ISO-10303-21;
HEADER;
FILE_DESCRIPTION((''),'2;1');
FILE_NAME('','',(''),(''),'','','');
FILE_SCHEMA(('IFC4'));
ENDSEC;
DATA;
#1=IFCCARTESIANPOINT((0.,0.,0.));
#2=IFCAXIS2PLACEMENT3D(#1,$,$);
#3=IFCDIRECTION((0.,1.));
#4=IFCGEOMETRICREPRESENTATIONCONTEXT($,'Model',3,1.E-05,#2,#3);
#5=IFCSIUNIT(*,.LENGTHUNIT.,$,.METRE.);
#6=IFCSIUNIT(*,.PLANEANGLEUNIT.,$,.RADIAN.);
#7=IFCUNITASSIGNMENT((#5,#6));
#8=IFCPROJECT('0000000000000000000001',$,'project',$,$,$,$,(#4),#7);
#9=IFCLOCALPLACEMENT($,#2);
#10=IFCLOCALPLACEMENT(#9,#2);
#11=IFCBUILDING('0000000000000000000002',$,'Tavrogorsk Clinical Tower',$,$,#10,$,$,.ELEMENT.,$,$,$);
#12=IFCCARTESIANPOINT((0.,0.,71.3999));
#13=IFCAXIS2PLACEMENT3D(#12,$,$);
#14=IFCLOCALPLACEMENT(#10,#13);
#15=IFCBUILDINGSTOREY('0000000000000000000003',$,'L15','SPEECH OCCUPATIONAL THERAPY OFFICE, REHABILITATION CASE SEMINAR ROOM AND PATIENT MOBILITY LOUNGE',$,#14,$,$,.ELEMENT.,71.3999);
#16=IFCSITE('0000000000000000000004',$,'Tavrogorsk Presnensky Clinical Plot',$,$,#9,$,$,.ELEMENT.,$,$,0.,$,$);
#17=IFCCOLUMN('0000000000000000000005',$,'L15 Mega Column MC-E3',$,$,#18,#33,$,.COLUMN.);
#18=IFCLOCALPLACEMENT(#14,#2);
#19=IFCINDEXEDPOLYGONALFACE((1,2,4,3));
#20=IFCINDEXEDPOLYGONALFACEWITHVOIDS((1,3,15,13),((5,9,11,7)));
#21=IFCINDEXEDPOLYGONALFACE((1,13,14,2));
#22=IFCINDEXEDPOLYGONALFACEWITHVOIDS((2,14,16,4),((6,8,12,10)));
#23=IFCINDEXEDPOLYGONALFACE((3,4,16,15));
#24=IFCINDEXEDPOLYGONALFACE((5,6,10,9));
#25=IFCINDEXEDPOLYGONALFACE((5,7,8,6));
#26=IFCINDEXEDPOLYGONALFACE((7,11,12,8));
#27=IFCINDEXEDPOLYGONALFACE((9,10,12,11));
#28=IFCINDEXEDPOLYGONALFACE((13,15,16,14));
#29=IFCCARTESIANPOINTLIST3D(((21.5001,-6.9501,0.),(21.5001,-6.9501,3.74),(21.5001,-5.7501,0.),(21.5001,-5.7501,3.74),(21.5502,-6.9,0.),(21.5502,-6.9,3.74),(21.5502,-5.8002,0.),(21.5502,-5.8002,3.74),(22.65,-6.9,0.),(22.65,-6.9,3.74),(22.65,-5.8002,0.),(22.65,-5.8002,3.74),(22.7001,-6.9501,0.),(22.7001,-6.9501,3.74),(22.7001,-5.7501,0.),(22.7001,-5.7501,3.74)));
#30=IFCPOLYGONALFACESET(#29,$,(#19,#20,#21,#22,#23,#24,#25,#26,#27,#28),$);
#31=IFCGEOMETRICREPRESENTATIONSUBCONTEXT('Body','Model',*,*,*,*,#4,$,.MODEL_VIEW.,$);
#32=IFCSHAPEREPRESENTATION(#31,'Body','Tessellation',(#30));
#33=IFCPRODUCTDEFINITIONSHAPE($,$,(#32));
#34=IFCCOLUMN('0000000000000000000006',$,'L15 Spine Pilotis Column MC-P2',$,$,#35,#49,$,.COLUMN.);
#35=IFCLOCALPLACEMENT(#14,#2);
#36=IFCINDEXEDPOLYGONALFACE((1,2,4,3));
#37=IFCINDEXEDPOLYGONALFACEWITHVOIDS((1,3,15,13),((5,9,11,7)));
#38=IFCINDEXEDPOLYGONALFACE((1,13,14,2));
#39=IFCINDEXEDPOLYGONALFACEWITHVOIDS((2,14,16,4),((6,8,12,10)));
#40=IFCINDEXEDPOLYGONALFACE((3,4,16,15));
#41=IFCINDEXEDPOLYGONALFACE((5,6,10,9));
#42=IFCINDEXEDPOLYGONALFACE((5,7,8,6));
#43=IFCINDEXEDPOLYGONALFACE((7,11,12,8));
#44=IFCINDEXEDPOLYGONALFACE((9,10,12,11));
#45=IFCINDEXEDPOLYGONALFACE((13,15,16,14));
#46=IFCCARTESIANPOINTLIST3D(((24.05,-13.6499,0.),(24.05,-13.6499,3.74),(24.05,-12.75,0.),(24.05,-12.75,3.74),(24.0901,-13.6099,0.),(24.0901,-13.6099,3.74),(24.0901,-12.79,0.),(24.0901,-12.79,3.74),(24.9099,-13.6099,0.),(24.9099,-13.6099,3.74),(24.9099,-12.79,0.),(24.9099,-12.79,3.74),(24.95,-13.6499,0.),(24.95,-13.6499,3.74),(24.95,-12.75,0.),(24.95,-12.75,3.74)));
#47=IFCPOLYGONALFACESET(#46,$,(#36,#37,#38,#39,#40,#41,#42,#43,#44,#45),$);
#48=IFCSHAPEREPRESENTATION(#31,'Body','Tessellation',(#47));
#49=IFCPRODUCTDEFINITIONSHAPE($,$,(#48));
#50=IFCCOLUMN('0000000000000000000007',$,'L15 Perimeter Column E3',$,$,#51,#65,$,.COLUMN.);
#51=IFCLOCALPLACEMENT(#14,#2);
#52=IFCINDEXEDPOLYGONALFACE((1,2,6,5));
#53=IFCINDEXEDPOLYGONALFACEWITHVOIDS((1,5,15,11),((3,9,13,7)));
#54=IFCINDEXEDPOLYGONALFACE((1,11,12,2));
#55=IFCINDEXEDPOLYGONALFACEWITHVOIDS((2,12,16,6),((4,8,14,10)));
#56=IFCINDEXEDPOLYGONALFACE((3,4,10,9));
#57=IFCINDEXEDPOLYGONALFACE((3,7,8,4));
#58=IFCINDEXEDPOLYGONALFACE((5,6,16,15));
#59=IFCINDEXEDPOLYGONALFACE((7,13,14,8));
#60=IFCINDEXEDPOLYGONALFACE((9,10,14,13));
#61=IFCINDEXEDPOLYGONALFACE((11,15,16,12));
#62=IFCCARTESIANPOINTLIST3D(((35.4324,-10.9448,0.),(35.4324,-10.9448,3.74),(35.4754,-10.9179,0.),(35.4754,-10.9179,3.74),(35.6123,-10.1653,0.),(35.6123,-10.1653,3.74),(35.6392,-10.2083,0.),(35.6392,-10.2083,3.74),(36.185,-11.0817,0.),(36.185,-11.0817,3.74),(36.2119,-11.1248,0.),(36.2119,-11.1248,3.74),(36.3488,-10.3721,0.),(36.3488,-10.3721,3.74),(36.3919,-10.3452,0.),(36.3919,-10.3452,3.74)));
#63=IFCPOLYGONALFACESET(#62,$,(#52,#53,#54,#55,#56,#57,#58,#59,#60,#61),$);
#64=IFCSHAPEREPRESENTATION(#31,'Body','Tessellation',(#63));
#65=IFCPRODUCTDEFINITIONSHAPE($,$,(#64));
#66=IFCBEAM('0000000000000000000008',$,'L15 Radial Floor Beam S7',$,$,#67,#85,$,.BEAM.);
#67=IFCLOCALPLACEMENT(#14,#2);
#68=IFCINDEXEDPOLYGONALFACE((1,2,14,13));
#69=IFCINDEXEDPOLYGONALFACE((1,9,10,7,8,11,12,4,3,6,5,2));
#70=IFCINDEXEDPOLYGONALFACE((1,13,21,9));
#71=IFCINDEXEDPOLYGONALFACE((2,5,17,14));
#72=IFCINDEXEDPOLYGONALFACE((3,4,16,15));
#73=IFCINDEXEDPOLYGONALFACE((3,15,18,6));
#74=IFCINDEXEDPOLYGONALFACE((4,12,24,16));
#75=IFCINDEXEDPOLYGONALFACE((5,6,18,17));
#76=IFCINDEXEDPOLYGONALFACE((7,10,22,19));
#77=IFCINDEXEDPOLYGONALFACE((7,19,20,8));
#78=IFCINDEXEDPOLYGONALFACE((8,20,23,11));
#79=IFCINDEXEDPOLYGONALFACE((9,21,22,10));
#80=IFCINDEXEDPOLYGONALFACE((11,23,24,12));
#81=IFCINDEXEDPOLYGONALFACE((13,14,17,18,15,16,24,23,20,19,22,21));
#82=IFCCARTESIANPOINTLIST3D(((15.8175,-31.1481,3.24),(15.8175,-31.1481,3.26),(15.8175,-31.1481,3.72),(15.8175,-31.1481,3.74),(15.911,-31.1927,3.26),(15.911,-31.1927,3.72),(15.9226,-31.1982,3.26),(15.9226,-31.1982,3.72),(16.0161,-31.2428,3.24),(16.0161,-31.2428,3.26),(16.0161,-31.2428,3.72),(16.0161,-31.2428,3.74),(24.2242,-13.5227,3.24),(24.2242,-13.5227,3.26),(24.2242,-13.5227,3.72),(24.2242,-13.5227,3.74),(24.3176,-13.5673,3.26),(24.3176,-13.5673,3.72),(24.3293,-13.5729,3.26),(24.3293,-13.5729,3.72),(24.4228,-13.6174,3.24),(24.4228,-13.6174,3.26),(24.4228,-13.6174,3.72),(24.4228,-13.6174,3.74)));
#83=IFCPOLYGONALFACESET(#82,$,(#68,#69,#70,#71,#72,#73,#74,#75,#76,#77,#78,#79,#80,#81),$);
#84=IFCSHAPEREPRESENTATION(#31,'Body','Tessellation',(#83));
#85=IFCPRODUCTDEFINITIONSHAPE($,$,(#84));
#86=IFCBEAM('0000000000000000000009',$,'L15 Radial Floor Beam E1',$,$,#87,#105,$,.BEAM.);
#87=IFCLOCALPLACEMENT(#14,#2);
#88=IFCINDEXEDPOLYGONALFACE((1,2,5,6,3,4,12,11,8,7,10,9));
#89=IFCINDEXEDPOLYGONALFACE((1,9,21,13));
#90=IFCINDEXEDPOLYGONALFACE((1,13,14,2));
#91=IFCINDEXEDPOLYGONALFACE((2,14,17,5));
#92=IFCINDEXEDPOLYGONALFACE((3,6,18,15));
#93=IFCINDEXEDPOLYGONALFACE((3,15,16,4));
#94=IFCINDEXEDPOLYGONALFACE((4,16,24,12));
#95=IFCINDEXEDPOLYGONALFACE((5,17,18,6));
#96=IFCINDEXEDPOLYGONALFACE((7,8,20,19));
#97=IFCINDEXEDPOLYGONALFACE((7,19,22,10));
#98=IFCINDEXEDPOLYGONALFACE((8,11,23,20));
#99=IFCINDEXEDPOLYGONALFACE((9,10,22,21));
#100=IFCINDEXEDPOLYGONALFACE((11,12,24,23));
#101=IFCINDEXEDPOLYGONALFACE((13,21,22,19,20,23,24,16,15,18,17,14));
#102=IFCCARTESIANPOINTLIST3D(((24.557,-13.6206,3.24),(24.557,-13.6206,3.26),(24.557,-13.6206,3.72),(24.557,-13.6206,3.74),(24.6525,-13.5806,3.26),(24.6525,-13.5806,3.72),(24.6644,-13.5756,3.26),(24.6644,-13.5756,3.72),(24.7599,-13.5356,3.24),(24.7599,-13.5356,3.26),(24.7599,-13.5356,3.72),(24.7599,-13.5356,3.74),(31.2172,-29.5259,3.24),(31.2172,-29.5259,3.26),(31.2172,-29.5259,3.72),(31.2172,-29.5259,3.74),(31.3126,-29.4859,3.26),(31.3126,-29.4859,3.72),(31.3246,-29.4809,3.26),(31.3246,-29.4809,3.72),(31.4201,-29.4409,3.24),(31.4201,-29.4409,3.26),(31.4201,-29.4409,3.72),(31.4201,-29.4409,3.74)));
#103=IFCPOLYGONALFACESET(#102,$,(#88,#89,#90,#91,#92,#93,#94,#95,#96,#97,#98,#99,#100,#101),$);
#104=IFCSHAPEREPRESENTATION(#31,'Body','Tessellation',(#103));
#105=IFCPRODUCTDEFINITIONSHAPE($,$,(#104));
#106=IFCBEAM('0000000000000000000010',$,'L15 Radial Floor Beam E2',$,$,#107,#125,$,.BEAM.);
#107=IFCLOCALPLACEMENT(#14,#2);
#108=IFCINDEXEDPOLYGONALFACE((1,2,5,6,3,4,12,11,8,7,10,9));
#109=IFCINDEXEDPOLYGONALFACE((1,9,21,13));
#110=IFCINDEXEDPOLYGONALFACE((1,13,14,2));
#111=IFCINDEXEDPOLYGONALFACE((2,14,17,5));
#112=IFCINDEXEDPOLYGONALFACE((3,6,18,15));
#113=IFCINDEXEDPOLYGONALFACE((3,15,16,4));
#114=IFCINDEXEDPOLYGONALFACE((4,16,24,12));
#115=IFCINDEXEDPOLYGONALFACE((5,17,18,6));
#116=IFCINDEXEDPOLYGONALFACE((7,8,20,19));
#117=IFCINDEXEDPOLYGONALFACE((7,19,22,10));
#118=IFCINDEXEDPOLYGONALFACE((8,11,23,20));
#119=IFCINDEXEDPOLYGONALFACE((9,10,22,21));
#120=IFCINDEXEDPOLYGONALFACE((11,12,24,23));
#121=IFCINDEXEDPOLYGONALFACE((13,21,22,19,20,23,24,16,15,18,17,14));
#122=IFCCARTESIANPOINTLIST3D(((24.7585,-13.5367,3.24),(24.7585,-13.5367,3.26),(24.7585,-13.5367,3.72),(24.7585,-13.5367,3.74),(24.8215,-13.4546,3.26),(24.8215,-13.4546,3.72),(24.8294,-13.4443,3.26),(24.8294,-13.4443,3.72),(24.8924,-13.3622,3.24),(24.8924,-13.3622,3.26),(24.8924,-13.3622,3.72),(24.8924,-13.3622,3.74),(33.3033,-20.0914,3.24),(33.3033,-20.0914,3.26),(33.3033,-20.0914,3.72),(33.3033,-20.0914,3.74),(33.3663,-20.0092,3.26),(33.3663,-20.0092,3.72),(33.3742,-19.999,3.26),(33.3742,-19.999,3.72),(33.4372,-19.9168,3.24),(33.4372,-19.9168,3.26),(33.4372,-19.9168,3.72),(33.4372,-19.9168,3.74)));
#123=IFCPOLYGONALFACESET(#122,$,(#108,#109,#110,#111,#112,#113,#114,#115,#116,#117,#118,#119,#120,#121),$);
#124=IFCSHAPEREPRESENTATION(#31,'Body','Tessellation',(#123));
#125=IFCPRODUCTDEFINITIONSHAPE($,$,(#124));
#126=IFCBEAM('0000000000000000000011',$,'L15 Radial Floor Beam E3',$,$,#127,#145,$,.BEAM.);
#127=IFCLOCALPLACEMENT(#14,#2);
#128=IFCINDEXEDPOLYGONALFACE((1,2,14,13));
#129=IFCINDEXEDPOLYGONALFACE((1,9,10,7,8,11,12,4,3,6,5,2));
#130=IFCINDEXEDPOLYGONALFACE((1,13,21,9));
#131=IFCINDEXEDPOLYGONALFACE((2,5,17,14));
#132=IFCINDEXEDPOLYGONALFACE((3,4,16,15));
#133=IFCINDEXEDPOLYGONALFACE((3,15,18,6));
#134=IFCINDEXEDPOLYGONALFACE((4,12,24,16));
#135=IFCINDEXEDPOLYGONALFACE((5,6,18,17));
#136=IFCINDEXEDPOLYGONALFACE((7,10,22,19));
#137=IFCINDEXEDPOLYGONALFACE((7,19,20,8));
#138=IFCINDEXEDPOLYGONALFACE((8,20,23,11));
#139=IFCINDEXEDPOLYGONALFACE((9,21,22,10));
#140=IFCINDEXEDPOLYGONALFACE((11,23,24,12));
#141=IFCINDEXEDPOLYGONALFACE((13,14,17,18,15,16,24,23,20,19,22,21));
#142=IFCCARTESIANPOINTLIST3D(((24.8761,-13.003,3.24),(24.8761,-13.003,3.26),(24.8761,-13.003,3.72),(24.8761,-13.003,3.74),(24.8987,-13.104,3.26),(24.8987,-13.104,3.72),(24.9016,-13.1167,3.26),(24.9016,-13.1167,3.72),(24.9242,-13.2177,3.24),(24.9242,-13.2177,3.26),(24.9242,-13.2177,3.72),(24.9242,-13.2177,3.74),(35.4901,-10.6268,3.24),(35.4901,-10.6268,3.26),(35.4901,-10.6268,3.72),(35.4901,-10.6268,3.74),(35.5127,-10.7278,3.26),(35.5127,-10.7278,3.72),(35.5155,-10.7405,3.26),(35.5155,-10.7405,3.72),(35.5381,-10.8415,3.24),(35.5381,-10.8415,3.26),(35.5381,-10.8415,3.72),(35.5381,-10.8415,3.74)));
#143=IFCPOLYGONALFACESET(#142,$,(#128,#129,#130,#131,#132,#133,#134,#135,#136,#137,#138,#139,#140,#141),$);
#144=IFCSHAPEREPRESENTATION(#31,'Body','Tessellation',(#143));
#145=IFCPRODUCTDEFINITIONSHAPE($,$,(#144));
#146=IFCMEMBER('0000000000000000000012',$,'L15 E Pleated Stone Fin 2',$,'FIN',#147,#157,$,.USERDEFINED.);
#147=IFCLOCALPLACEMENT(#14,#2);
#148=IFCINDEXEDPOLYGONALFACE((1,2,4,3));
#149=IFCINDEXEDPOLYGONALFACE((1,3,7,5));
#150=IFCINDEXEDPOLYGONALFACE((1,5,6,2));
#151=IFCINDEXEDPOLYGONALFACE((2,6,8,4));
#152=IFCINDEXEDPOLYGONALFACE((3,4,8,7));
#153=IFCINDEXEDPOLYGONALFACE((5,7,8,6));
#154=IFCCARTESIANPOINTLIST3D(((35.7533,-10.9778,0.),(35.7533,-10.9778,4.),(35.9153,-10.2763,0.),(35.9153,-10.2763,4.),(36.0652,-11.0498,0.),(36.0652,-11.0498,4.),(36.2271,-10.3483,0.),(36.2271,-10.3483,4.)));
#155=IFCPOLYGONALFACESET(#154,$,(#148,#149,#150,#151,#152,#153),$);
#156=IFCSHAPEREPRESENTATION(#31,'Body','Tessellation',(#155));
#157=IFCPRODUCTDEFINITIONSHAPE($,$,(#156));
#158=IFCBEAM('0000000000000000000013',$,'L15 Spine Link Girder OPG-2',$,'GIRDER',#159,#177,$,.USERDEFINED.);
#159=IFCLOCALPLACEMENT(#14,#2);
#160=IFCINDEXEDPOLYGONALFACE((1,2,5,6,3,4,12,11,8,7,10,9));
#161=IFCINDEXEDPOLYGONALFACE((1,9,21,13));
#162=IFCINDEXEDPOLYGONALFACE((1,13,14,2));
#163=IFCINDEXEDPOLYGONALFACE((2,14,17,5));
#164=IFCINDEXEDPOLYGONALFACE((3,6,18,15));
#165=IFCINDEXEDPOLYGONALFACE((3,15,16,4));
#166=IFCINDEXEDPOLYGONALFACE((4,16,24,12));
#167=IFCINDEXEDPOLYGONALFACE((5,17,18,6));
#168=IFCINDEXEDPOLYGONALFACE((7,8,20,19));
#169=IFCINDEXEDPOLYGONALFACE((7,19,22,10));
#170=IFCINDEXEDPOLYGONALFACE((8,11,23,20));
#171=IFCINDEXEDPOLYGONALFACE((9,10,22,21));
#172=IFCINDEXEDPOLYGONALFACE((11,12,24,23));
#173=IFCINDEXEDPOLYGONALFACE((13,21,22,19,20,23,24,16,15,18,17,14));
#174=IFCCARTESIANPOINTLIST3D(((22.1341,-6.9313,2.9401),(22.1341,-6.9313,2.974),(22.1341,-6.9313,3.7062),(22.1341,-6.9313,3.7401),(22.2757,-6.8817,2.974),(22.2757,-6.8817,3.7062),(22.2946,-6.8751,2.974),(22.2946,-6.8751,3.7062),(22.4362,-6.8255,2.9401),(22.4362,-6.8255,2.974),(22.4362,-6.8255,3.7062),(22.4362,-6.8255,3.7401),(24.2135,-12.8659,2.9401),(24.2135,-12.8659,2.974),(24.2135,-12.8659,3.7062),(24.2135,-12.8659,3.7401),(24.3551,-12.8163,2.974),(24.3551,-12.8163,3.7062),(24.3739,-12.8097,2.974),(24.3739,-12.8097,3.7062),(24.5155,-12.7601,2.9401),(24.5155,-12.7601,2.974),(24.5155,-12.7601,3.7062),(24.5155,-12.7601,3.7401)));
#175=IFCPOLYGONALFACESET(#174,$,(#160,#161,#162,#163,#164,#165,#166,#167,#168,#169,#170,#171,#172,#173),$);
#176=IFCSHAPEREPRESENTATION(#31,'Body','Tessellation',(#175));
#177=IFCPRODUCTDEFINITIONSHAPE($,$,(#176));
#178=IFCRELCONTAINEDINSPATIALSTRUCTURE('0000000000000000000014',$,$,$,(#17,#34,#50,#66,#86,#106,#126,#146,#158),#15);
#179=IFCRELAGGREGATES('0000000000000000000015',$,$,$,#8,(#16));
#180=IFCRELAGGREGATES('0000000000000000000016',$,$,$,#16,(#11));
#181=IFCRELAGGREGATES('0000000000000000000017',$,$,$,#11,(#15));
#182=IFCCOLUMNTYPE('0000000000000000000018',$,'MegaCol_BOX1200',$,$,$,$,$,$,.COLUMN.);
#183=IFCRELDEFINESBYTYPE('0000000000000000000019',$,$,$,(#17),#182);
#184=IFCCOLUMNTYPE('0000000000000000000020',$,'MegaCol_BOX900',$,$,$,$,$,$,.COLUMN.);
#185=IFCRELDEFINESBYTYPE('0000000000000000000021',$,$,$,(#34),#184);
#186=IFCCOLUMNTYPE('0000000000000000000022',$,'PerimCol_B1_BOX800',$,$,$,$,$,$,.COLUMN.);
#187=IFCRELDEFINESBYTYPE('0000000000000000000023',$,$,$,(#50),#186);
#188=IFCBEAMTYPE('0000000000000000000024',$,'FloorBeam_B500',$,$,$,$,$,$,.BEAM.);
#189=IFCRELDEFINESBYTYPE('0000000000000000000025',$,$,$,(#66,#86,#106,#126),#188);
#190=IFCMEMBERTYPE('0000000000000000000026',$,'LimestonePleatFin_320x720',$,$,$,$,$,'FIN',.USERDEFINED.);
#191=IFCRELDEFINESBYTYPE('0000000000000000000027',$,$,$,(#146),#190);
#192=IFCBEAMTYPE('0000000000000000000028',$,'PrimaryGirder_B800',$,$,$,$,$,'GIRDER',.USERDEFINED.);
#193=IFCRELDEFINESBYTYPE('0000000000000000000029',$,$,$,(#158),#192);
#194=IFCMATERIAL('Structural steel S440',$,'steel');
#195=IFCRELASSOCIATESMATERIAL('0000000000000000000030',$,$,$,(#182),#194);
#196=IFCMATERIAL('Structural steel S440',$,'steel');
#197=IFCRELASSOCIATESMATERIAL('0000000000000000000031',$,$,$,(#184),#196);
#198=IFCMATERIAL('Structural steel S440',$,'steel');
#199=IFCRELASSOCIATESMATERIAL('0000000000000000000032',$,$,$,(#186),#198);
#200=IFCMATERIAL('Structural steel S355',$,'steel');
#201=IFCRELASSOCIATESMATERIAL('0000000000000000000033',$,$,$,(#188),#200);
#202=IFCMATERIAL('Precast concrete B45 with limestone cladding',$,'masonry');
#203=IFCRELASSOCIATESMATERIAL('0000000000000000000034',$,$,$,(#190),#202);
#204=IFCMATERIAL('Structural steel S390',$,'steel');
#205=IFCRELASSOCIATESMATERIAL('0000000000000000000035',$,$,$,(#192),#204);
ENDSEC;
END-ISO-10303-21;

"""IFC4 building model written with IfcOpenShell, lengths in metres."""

from ifc_helpers import new_model, si_unit, direction, frame, origin, origin_2d, place, context, subcontext, project, spatial, rectangle, hollow_rectangle, i_section, extrude, material, material_profile, profile_set, type_object, element, save


model = new_model("IFC4")

# Units and contexts
model_context = context("Model", 3, precision=1e-05, world=origin(), true_north=direction((0.0, 1.0)))
body_context = subcontext(model_context, "Body", "Model", "MODEL_VIEW")
ifc_project = project(units=[si_unit("LENGTHUNIT", "METRE"), si_unit("PLANEANGLEUNIT", "RADIAN")], contexts=[model_context])

# Site, building, storey
site_placement = place(None, origin())
site = spatial("IfcSite", under=ifc_project, at=site_placement, Name="Tavrogorsk Presnensky Clinical Plot", CompositionType="ELEMENT", RefElevation=0.0)
building_placement = place(site_placement, origin())
building = spatial("IfcBuilding", under=site, at=building_placement, Name="Tavrogorsk Clinical Tower", CompositionType="ELEMENT")
storey_placement = place(building_placement, frame((0.0, 0.0, 71.3999)))
storey = spatial("IfcBuildingStorey", under=building, at=storey_placement, Name="L15", Description="SPEECH OCCUPATIONAL THERAPY OFFICE, REHABILITATION CASE SEMINAR ROOM AND PATIENT MOBILITY LOUNGE", CompositionType="ELEMENT", Elevation=71.3999)

# Columns
ifc_material_1 = material(Name="Structural steel S440", Category="steel")
ifc_material_profile_1 = material_profile(ifc_material_1, hollow_rectangle(XDim=1.2, YDim=1.2, WallThickness=0.05, at=origin_2d()), Name="BOX-1200x1200x50")
ifc_profile_set_1 = profile_set([ifc_material_profile_1], Name="Structural steel S440")
column_type_1 = type_object("IfcColumnType", Name="MegaCol_BOX1200", PredefinedType="COLUMN", material=ifc_profile_set_1)
column_1_placement = place(storey_placement, frame((22.1001, -6.3501, 0.0), z_axis=(0.0, 0.0, 1.0), x_axis=(1.0, 0.0, 0.0)))
element("IfcColumn", 1, at=column_1_placement, inside=storey, type_object=column_type_1, Name="L15 Mega Column MC-E3", PredefinedType="COLUMN", context=body_context, shape_type="SweptSolid", body=[
    extrude(hollow_rectangle(XDim=1.2, YDim=1.2, WallThickness=0.05, at=origin_2d()), origin(), (0.0, 0.0, 1.0), 3.74),
])
ifc_material_2 = material(Name="Structural steel S440", Category="steel")
ifc_material_profile_2 = material_profile(ifc_material_2, hollow_rectangle(XDim=0.8999, YDim=0.8999, WallThickness=0.04, at=origin_2d()), Name="BOX-900x900x40")
ifc_profile_set_2 = profile_set([ifc_material_profile_2], Name="Structural steel S440")
column_type_2 = type_object("IfcColumnType", Name="MegaCol_BOX900", PredefinedType="COLUMN", material=ifc_profile_set_2)
column_2_placement = place(storey_placement, frame((24.5, -13.2, 0.0), z_axis=(0.0, 0.0, 1.0), x_axis=(1.0, 0.0, 0.0)))
element("IfcColumn", 2, at=column_2_placement, inside=storey, type_object=column_type_2, Name="L15 Spine Pilotis Column MC-P2", PredefinedType="COLUMN", context=body_context, shape_type="SweptSolid", body=[
    extrude(hollow_rectangle(XDim=0.8999, YDim=0.8999, WallThickness=0.04, at=origin_2d()), origin(), (0.0, 0.0, 1.0), 3.74),
])
ifc_material_3 = material(Name="Structural steel S440", Category="steel")
ifc_material_profile_3 = material_profile(ifc_material_3, hollow_rectangle(XDim=0.8, YDim=0.8, WallThickness=0.0359, at=origin_2d()), Name="BOX-800x800x36")
ifc_profile_set_3 = profile_set([ifc_material_profile_3], Name="Structural steel S440")
column_type_3 = type_object("IfcColumnType", Name="PerimCol_B1_BOX800", PredefinedType="COLUMN", material=ifc_profile_set_3)
column_3_placement = place(storey_placement, frame((35.9121, -10.645, 0.0), z_axis=(0.0, 0.0, 1.0), x_axis=(0.97437, -0.224951, 0.0)))
element("IfcColumn", 3, at=column_3_placement, inside=storey, type_object=column_type_3, Name="L15 Perimeter Column E3", PredefinedType="COLUMN", context=body_context, shape_type="SweptSolid", body=[
    extrude(hollow_rectangle(XDim=0.8, YDim=0.8, WallThickness=0.0359, at=origin_2d()), origin(), (0.0, 0.0, 1.0), 3.74),
])

# Beams
ifc_material_4 = material(Name="Structural steel S355", Category="steel")
ifc_material_profile_4 = material_profile(ifc_material_4, i_section(OverallWidth=0.22, OverallDepth=0.5, WebThickness=0.0129, FlangeThickness=0.02, at=origin_2d()), Name="B-500x220x13x20")
ifc_profile_set_4 = profile_set([ifc_material_profile_4], Name="Structural steel S355")
beam_type_1 = type_object("IfcBeamType", Name="FloorBeam_B500", PredefinedType="BEAM", material=ifc_profile_set_4)
beam_1_placement = place(storey_placement, frame((24.3235, -13.5701, 3.49), z_axis=(-0.430503, -0.902589, 0.0), x_axis=(0.902589, -0.430503, 0.0)))
element("IfcBeam", 4, at=beam_1_placement, inside=storey, type_object=beam_type_1, Name="L15 Radial Floor Beam S7", PredefinedType="BEAM", context=body_context, shape_type="SweptSolid", body=[
    extrude(i_section(OverallWidth=0.22, OverallDepth=0.5, WebThickness=0.0129, FlangeThickness=0.02, at=origin_2d()), origin(), (0.0, 0.0, 1.0), 19.5276),
])
beam_2_placement = place(storey_placement, frame((24.6584, -13.5781, 3.49), z_axis=(0.386243, -0.922397, 0.0), x_axis=(0.922397, 0.386243, 0.0)))
element("IfcBeam", 5, at=beam_2_placement, inside=storey, type_object=beam_type_1, Name="L15 Radial Floor Beam E1", PredefinedType="BEAM", context=body_context, shape_type="SweptSolid", body=[
    extrude(i_section(OverallWidth=0.22, OverallDepth=0.5, WebThickness=0.0129, FlangeThickness=0.02, at=origin_2d()), origin(), (0.0, 0.0, 1.0), 17.2434),
])
beam_3_placement = place(storey_placement, frame((24.8254, -13.4495, 3.49), z_axis=(0.793446, -0.608641, 0.0), x_axis=(0.608641, 0.793446, 0.0)))
element("IfcBeam", 6, at=beam_3_placement, inside=storey, type_object=beam_type_1, Name="L15 Radial Floor Beam E2", PredefinedType="BEAM", context=body_context, shape_type="SweptSolid", body=[
    extrude(i_section(OverallWidth=0.22, OverallDepth=0.5, WebThickness=0.0129, FlangeThickness=0.02, at=origin_2d()), origin(), (0.0, 0.0, 1.0), 10.7693),
])
beam_4_placement = place(storey_placement, frame((24.9001, -13.1104, 3.49), z_axis=(0.975844, 0.218468, 0.0), x_axis=(-0.218468, 0.975844, 0.0)))
element("IfcBeam", 7, at=beam_4_placement, inside=storey, type_object=beam_type_1, Name="L15 Radial Floor Beam E3", PredefinedType="BEAM", context=body_context, shape_type="SweptSolid", body=[
    extrude(i_section(OverallWidth=0.22, OverallDepth=0.5, WebThickness=0.0129, FlangeThickness=0.02, at=origin_2d()), origin(), (0.0, 0.0, 1.0), 10.8767),
])

# Member
ifc_material_5 = material(Name="Precast concrete B45 with limestone cladding", Category="masonry")
ifc_material_profile_5 = material_profile(ifc_material_5, rectangle(XDim=0.3201, YDim=0.72, at=origin_2d()), Name="LIMESTONE-FIN-320x720")
ifc_profile_set_5 = profile_set([ifc_material_profile_5], Name="Precast concrete B45 with limestone cladding")
member_type = type_object("IfcMemberType", Name="LimestonePleatFin_320x720", ElementType="FIN", PredefinedType="USERDEFINED", material=ifc_profile_set_5)
member_placement = place(storey_placement, frame((35.9902, -10.6631, 0.0), z_axis=(0.0, 0.0, 1.0), x_axis=(0.97437, -0.224951, 0.0)))
element("IfcMember", 8, at=member_placement, inside=storey, type_object=member_type, Name="L15 E Pleated Stone Fin 2", ObjectType="FIN", PredefinedType="USERDEFINED", context=body_context, shape_type="SweptSolid", body=[
    extrude(rectangle(XDim=0.3201, YDim=0.72, at=origin_2d()), origin(), (0.0, 0.0, 1.0), 4.0),
])

# Beam
ifc_material_6 = material(Name="Structural steel S390", Category="steel")
ifc_material_profile_6 = material_profile(ifc_material_6, i_section(OverallWidth=0.3201, OverallDepth=0.8, WebThickness=0.02, FlangeThickness=0.0339, at=origin_2d()), Name="B-800x320x20x34")
ifc_profile_set_6 = profile_set([ifc_material_profile_6], Name="Structural steel S390")
beam_type_2 = type_object("IfcBeamType", Name="PrimaryGirder_B800", ElementType="GIRDER", PredefinedType="USERDEFINED", material=ifc_profile_set_6)
beam_5_placement = place(storey_placement, frame((24.3645, -12.813, 3.3401), z_axis=(-0.330669, 0.943747, 0.0), x_axis=(-0.943747, -0.330669, 0.0)))
element("IfcBeam", 9, at=beam_5_placement, inside=storey, type_object=beam_type_2, Name="L15 Spine Link Girder OPG-2", ObjectType="GIRDER", PredefinedType="USERDEFINED", context=body_context, shape_type="SweptSolid", body=[
    extrude(i_section(OverallWidth=0.3201, OverallDepth=0.8, WebThickness=0.02, FlangeThickness=0.0339, at=origin_2d()), origin(), (0.0, 0.0, 1.0), 6.2883),
])

save(model, "model.ifc")
